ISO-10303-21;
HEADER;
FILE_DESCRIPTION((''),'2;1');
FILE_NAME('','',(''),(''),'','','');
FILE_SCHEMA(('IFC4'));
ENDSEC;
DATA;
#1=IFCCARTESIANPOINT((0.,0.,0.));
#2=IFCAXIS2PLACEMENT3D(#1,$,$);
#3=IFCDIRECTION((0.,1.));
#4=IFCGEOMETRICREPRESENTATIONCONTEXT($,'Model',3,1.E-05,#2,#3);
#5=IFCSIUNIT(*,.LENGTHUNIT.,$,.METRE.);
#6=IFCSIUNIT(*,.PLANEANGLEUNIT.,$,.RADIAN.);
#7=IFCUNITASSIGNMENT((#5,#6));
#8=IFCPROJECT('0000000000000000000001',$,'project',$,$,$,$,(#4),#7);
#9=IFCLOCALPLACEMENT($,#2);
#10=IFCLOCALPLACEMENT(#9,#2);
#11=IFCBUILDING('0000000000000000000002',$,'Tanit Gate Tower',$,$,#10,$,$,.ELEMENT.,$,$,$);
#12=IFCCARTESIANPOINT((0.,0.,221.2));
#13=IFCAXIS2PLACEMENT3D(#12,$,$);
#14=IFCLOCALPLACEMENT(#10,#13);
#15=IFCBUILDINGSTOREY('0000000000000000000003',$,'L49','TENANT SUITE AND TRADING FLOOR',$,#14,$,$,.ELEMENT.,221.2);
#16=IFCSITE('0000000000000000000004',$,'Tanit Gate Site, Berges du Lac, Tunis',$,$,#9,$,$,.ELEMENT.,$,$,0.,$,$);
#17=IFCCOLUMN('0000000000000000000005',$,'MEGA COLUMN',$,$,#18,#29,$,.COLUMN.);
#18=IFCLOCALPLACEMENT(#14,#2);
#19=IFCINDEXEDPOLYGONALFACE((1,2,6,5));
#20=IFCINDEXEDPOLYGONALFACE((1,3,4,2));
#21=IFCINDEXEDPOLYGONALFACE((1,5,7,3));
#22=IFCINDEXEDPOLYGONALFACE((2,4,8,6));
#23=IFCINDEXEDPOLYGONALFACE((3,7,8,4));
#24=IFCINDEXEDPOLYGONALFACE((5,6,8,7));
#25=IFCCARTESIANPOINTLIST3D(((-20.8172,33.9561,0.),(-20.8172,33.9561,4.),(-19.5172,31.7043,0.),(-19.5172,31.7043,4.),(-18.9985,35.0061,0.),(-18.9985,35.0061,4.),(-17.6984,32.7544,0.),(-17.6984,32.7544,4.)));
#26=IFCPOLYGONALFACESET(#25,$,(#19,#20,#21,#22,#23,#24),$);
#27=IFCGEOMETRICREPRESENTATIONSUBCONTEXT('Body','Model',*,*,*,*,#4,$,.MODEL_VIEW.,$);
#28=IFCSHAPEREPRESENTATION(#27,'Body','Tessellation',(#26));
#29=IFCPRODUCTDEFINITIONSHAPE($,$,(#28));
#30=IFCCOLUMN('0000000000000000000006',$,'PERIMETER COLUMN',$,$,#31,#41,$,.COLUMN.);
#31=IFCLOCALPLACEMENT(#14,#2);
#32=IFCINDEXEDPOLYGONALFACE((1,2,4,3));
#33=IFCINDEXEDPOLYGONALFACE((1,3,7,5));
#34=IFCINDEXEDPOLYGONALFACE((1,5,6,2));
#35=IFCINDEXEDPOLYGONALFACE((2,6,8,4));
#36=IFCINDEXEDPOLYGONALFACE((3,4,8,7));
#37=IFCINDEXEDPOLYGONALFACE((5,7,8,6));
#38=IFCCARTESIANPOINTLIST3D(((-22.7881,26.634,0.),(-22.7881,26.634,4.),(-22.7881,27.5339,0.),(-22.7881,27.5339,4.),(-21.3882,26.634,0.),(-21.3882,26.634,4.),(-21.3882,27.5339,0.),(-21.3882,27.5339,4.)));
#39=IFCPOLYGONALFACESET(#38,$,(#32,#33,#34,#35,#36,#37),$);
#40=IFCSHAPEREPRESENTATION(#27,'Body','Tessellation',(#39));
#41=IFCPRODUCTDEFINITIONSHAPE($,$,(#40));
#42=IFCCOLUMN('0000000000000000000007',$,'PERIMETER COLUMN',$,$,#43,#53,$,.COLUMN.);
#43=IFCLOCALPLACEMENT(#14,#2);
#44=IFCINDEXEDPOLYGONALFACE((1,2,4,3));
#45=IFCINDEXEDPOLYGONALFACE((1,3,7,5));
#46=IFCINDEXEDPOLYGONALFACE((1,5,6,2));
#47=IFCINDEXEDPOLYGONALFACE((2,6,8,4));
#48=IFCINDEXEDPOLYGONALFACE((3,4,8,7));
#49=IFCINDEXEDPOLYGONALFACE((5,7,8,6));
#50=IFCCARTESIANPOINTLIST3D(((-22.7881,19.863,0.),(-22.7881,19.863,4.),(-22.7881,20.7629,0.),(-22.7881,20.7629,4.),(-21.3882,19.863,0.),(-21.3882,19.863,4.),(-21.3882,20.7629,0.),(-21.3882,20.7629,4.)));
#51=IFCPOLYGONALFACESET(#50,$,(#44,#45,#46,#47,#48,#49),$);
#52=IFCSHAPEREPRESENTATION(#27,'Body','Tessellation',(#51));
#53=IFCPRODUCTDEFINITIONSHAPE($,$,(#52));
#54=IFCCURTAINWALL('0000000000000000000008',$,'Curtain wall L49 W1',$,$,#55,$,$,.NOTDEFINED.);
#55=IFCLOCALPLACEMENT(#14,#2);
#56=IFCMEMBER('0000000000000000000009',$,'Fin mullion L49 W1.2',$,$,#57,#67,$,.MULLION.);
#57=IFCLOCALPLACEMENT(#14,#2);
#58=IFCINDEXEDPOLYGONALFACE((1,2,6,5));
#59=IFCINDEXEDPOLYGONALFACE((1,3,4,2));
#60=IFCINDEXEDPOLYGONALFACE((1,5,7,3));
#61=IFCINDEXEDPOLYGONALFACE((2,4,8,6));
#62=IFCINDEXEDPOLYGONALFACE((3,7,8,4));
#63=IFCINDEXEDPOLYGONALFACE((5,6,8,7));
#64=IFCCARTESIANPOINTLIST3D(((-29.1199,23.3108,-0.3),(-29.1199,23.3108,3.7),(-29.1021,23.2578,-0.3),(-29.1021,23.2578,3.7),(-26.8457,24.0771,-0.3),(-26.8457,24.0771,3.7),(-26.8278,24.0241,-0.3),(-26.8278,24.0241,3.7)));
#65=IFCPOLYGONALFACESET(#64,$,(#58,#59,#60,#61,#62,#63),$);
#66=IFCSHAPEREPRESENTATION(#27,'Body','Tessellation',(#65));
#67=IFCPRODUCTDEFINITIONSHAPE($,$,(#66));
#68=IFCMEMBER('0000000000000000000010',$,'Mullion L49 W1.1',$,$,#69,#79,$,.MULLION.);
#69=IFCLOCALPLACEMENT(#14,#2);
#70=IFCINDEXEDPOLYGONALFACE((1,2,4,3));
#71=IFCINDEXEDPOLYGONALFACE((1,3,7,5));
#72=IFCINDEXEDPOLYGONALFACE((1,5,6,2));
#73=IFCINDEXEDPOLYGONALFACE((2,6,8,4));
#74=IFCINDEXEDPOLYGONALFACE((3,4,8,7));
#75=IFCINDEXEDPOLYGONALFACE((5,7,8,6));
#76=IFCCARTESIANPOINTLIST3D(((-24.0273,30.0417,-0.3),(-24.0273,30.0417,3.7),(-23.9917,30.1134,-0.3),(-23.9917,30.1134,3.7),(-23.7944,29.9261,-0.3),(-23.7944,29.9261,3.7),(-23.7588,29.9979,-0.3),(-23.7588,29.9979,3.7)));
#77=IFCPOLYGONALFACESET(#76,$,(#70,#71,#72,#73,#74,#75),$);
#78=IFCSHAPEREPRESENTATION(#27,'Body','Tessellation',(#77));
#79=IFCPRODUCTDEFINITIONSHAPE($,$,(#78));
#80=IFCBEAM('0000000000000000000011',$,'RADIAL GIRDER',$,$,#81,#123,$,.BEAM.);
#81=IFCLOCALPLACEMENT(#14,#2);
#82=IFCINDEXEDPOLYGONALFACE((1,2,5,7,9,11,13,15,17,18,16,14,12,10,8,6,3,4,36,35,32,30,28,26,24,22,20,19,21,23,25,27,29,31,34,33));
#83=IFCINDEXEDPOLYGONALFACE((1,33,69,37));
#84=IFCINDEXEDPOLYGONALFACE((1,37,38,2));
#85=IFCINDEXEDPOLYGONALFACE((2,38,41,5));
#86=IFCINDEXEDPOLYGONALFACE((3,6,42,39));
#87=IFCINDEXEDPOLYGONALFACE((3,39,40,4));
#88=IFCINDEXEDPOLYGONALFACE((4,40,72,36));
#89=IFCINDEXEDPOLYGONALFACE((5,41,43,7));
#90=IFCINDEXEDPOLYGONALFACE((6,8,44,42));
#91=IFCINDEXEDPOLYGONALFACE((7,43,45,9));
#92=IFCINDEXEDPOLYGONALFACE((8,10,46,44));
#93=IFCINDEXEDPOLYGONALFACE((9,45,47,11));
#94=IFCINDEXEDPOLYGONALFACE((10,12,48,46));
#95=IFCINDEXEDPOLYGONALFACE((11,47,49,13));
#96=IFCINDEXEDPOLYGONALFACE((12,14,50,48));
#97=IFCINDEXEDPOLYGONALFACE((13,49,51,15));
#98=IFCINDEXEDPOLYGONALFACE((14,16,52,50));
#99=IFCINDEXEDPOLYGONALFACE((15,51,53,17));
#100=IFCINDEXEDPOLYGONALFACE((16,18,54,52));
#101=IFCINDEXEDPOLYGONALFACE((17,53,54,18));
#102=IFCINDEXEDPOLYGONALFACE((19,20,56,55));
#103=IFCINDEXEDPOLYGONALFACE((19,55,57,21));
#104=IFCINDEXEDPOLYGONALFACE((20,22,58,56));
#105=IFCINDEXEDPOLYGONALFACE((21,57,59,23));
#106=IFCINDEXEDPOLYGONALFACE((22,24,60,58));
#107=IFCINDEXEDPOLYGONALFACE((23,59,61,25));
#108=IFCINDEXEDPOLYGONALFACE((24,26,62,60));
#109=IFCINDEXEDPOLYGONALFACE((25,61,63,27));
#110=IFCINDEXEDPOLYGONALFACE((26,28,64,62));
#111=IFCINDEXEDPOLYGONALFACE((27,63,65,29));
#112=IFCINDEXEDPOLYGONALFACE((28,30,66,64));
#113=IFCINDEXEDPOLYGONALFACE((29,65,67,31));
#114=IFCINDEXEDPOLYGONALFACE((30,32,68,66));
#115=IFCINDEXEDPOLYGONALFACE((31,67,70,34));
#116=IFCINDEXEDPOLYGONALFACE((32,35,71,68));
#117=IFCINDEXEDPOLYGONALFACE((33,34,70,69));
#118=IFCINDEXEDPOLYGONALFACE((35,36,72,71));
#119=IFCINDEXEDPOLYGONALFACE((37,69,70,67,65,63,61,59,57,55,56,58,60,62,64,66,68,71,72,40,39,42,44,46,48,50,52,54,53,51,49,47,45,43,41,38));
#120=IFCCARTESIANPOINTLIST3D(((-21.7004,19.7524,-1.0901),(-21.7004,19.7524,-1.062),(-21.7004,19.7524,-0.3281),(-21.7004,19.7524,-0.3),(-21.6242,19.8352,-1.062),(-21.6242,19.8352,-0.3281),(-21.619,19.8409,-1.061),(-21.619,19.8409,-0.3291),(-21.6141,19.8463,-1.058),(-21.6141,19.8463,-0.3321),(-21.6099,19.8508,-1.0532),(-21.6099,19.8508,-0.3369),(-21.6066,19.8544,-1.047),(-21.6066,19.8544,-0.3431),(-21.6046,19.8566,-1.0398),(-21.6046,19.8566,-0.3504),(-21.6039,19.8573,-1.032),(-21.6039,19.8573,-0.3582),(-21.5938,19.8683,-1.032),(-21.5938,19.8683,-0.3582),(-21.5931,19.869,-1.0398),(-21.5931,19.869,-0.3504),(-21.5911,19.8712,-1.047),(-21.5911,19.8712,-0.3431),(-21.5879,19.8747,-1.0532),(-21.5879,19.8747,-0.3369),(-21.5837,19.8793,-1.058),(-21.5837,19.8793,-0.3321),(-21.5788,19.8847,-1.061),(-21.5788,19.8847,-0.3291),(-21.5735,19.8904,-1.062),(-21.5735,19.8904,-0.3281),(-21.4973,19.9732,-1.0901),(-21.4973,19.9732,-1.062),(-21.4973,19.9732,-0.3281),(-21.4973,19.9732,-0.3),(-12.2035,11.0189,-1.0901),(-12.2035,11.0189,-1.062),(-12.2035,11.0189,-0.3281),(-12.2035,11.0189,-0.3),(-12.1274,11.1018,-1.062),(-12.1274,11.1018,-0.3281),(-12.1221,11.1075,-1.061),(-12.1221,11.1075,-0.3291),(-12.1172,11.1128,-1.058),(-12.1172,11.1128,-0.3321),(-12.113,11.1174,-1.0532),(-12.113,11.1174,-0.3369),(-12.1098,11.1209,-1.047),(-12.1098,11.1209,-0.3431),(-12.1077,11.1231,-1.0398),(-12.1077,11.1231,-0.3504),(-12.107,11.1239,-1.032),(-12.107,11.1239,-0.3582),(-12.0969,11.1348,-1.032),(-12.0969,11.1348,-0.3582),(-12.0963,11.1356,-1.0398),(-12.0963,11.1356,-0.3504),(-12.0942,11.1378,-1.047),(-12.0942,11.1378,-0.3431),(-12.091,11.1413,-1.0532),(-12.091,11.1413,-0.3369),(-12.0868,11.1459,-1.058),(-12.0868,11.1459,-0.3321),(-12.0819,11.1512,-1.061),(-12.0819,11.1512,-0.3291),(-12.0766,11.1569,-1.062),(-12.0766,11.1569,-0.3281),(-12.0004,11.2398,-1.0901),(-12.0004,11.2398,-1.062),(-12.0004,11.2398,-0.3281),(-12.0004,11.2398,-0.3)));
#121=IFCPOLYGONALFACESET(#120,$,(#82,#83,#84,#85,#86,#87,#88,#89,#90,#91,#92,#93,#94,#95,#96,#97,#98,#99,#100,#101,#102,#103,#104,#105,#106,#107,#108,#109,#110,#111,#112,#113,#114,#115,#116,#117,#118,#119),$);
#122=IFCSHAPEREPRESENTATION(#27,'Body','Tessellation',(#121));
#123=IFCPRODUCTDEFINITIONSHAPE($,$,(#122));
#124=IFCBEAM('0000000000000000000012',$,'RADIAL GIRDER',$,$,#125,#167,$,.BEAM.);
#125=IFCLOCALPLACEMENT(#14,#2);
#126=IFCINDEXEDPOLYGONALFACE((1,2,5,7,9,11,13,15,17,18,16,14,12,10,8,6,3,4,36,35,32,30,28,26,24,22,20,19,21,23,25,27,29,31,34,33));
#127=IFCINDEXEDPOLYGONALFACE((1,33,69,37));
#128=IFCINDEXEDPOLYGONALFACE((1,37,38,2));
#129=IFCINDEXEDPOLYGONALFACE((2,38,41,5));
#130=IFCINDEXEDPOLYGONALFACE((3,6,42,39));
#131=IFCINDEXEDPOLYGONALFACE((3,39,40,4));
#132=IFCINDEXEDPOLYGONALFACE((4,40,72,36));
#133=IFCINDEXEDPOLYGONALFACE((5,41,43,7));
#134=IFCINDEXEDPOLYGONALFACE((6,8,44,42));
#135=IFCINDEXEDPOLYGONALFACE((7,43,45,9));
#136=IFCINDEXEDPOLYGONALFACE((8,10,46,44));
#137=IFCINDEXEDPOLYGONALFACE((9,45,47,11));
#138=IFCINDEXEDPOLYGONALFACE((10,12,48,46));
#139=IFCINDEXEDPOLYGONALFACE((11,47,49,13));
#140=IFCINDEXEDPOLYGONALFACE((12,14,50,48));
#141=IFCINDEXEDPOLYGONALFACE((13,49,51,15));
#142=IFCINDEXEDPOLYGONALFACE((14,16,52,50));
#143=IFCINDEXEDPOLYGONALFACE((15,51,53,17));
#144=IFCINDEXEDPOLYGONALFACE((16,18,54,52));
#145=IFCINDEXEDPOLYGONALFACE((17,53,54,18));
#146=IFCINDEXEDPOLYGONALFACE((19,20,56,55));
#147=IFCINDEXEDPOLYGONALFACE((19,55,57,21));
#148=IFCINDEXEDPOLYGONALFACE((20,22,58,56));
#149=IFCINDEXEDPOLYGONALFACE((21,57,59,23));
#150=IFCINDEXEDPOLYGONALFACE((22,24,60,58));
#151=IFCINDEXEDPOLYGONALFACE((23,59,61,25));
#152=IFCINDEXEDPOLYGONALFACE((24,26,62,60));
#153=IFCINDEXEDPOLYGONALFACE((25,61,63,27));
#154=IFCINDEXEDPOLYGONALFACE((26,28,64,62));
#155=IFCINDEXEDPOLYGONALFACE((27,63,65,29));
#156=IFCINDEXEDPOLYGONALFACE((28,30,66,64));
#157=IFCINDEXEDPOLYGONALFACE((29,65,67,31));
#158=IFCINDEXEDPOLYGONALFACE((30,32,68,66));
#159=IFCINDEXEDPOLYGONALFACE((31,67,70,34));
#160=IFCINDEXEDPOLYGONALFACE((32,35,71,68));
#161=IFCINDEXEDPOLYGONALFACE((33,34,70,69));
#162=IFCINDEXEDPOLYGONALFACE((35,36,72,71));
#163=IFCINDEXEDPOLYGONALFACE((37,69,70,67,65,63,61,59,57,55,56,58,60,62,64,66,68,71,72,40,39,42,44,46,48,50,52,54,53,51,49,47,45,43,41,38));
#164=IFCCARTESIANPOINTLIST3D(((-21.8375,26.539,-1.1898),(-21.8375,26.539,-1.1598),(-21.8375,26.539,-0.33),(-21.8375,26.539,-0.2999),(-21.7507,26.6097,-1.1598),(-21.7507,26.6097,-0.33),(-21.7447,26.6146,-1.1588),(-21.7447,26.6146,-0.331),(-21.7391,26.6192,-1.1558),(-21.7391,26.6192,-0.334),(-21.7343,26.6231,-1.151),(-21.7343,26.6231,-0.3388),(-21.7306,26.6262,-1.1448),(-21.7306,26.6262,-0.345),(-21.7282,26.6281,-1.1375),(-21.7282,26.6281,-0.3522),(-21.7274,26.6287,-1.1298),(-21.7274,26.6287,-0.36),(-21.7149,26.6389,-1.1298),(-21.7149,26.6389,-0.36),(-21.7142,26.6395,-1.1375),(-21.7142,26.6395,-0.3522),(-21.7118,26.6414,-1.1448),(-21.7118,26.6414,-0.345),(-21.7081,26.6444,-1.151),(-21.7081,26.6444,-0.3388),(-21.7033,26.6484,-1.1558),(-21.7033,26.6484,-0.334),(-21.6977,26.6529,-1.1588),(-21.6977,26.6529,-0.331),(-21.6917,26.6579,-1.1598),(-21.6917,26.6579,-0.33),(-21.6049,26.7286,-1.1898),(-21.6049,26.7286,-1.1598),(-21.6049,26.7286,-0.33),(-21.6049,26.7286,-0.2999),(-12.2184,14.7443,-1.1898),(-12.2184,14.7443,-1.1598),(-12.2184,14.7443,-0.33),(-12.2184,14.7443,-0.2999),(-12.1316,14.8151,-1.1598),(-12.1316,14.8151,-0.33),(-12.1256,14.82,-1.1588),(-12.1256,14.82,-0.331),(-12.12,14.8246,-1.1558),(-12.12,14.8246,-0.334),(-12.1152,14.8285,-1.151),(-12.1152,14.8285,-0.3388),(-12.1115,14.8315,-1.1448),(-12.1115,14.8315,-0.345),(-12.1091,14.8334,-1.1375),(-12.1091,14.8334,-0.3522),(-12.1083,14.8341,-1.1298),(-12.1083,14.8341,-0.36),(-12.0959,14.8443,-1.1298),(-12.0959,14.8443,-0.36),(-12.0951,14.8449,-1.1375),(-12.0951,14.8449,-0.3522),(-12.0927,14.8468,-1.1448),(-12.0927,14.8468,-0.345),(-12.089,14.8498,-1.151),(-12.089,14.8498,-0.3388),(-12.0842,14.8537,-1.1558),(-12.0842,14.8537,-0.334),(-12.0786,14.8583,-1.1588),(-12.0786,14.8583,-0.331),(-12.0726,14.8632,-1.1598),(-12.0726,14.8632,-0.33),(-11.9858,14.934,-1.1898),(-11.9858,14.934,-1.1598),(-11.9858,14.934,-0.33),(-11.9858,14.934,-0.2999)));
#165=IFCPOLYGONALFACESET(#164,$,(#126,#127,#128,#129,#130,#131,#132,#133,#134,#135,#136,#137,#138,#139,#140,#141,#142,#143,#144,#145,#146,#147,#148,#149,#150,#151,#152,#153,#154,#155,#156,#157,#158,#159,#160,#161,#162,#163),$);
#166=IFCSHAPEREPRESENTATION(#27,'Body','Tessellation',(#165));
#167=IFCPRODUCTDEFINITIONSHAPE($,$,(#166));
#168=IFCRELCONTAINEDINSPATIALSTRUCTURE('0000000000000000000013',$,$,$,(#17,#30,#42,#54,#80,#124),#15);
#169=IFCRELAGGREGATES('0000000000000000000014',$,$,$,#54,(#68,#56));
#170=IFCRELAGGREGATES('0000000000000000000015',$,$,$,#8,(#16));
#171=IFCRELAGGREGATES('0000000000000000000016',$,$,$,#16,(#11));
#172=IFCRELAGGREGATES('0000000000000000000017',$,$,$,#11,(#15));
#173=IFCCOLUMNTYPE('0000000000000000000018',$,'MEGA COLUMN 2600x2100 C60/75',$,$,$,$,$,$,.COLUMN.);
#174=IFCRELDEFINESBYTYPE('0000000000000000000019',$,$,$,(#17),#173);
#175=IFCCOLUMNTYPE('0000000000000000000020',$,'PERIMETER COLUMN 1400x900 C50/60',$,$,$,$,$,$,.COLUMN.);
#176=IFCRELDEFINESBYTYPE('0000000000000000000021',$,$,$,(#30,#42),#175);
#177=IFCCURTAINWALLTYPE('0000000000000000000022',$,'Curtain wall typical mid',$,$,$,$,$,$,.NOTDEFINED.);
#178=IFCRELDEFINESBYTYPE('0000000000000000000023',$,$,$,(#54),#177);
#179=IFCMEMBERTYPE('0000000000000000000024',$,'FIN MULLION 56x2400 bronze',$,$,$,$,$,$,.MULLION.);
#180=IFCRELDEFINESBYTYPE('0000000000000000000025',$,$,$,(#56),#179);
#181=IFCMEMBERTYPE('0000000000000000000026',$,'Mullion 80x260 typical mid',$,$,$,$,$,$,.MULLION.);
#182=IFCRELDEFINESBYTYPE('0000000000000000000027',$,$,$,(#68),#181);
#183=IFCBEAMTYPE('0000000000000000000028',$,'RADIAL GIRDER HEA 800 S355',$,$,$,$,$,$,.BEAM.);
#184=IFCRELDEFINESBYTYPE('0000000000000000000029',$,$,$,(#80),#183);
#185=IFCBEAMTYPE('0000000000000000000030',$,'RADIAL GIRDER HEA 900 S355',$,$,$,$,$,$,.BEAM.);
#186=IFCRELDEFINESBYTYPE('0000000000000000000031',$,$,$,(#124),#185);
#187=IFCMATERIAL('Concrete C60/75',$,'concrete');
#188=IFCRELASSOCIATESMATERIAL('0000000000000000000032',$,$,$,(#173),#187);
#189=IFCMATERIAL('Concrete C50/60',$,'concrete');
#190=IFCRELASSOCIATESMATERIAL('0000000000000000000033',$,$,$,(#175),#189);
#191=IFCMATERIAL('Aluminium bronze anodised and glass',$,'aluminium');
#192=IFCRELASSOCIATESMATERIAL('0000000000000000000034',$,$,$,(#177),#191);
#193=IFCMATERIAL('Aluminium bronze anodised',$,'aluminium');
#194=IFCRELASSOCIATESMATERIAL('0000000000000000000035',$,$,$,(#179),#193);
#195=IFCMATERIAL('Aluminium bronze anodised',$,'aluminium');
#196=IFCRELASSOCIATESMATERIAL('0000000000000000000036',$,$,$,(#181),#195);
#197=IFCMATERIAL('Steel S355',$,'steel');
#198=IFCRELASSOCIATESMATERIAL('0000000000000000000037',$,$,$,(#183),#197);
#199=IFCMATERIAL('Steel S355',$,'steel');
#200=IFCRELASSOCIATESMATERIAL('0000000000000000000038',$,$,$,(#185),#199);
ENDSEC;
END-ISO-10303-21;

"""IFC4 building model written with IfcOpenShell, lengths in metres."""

from ifc_helpers import new_model, si_unit, direction, frame, origin, origin_2d, place, context, subcontext, project, spatial, rectangle, i_section, extrude, material, material_profile, profile_set, type_object, element, aggregate, save


model = new_model("IFC4")

# Units and contexts
model_context = context("Model", 3, precision=1e-05, world=origin(), true_north=direction((0.0, 1.0)))
body_context = subcontext(model_context, "Body", "Model", "MODEL_VIEW")
ifc_project = project(units=[si_unit("LENGTHUNIT", "METRE"), si_unit("PLANEANGLEUNIT", "RADIAN")], contexts=[model_context])

# Site, building, storey
site_placement = place(None, origin())
site = spatial("IfcSite", under=ifc_project, at=site_placement, Name="Tanit Gate Site, Berges du Lac, Tunis", CompositionType="ELEMENT", RefElevation=0.0)
building_placement = place(site_placement, origin())
building = spatial("IfcBuilding", under=site, at=building_placement, Name="Tanit Gate Tower", CompositionType="ELEMENT")
storey_placement = place(building_placement, frame((0.0, 0.0, 221.2)))
storey = spatial("IfcBuildingStorey", under=building, at=storey_placement, Name="L49", Description="TENANT SUITE AND TRADING FLOOR", CompositionType="ELEMENT", Elevation=221.2)

# Columns
ifc_material_1 = material(Name="Concrete C60/75", Category="concrete")
ifc_material_profile_1 = material_profile(ifc_material_1, rectangle(XDim=2.6001, YDim=2.1001, at=origin_2d()), Name="RC 2600x2100")
ifc_profile_set_1 = profile_set([ifc_material_profile_1], Name="Concrete C60/75")
column_type_1 = type_object("IfcColumnType", Name="MEGA COLUMN 2600x2100 C60/75", PredefinedType="COLUMN", material=ifc_profile_set_1)
column_placement = place(storey_placement, frame((-19.2578, 33.3552, 0.0), z_axis=(0.0, 0.0, 1.0), x_axis=(-0.5, 0.866025, 0.0)))
element("IfcColumn", 1, at=column_placement, inside=storey, type_object=column_type_1, Name="MEGA COLUMN", PredefinedType="COLUMN", context=body_context, shape_type="SweptSolid", body=[
    extrude(rectangle(XDim=2.6001, YDim=2.1001, at=origin_2d()), origin(), (0.0, 0.0, 1.0), 4.0),
])
ifc_material_2 = material(Name="Concrete C50/60", Category="concrete")
ifc_material_profile_2 = material_profile(ifc_material_2, rectangle(XDim=1.3999, YDim=0.8999, at=origin_2d()), Name="RC 1400x900")
ifc_profile_set_2 = profile_set([ifc_material_profile_2], Name="Concrete C50/60")
column_type_2 = type_object("IfcColumnType", Name="PERIMETER COLUMN 1400x900 C50/60", PredefinedType="COLUMN", material=ifc_profile_set_2)
for number, where, z_axis, x_axis, name in (
    (2, (-22.0881, 27.084, 0.0), (0.0, 0.0, 1.0), (-1.0, 0.0, 0.0), "PERIMETER COLUMN"),
    (3, (-22.0881, 20.313, 0.0), (0.0, 0.0, 1.0), (-1.0, 0.0, 0.0), "PERIMETER COLUMN"),
):
    element("IfcColumn", number, at=place(storey_placement, frame(where, z_axis=z_axis, x_axis=x_axis)), inside=storey, type_object=column_type_2, Name=name, PredefinedType="COLUMN", context=body_context, shape_type="SweptSolid", body=[
        extrude(rectangle(XDim=1.3999, YDim=0.8999, at=origin_2d()), origin(), (0.0, 0.0, 1.0), 4.0),
    ])

# Curtain wall, members
ifc_material_3 = material(Name="Aluminium bronze anodised and glass", Category="aluminium")
curtain_wall_type = type_object("IfcCurtainWallType", Name="Curtain wall typical mid", PredefinedType="NOTDEFINED", material=ifc_material_3)
curtain_wall_placement = place(storey_placement, origin())
curtain_wall = element("IfcCurtainWall", 4, at=curtain_wall_placement, inside=storey, type_object=curtain_wall_type, Name="Curtain wall L49 W1", PredefinedType="NOTDEFINED")
ifc_material_4 = material(Name="Aluminium bronze anodised", Category="aluminium")
ifc_material_profile_3 = material_profile(ifc_material_4, rectangle(XDim=2.3999, YDim=0.0559, at=origin_2d()), Name="56x2400 bronze fin mullion")
ifc_profile_set_3 = profile_set([ifc_material_profile_3], Name="Aluminium bronze anodised")
member_type_1 = type_object("IfcMemberType", Name="FIN MULLION 56x2400 bronze", PredefinedType="MULLION", material=ifc_profile_set_3)
member_1_placement = place(storey_placement, frame((-27.9739, 23.6675, -0.3), z_axis=(0.0, 0.0, 1.0), x_axis=(0.947651, 0.319309, 0.0)))
member_1 = element("IfcMember", 5, at=member_1_placement, type_object=member_type_1, Name="Fin mullion L49 W1.2", PredefinedType="MULLION", context=body_context, shape_type="SweptSolid", body=[
    extrude(rectangle(XDim=2.3999, YDim=0.0559, at=origin_2d()), origin(), (0.0, 0.0, 1.0), 4.0),
])
ifc_material_5 = material(Name="Aluminium bronze anodised", Category="aluminium")
ifc_material_profile_4 = material_profile(ifc_material_5, rectangle(XDim=0.26, YDim=0.0801, at=origin_2d()), Name="80x260 bronze mullion")
ifc_profile_set_4 = profile_set([ifc_material_profile_4], Name="Aluminium bronze anodised")
member_type_2 = type_object("IfcMemberType", Name="Mullion 80x260 typical mid", PredefinedType="MULLION", material=ifc_profile_set_4)
member_2_placement = place(storey_placement, frame((-23.8931, 30.0198, -0.3), z_axis=(0.0, 0.0, 1.0), x_axis=(0.895876, -0.444304, 0.0)))
member_2 = element("IfcMember", 6, at=member_2_placement, type_object=member_type_2, Name="Mullion L49 W1.1", PredefinedType="MULLION", context=body_context, shape_type="SweptSolid", body=[
    extrude(rectangle(XDim=0.26, YDim=0.0801, at=origin_2d()), origin(), (0.0, 0.0, 1.0), 4.0),
])

# Beams
ifc_material_6 = material(Name="Steel S355", Category="steel")
ifc_material_profile_5 = material_profile(ifc_material_6, i_section(OverallWidth=0.3, OverallDepth=0.79, WebThickness=0.0149, FlangeThickness=0.0281, FilletRadius=0.03, at=origin_2d()), Name="HEA 800")
ifc_profile_set_5 = profile_set([ifc_material_profile_5], Name="Steel S355")
beam_type_1 = type_object("IfcBeamType", Name="RADIAL GIRDER HEA 800 S355", PredefinedType="BEAM", material=ifc_profile_set_5)
beam_1_placement = place(storey_placement, frame((-21.5989, 19.8628, -0.6951), z_axis=(0.736073, -0.676902, 0.0), x_axis=(0.676902, 0.736073, 0.0)))
element("IfcBeam", 7, at=beam_1_placement, inside=storey, type_object=beam_type_1, Name="RADIAL GIRDER", PredefinedType="BEAM", context=body_context, shape_type="SweptSolid", body=[
    extrude(i_section(OverallWidth=0.3, OverallDepth=0.79, WebThickness=0.0149, FlangeThickness=0.0281, FilletRadius=0.03, at=origin_2d()), origin(), (0.0, 0.0, 1.0), 12.9021),
])
ifc_material_7 = material(Name="Steel S355", Category="steel")
ifc_material_profile_6 = material_profile(ifc_material_7, i_section(OverallWidth=0.3, OverallDepth=0.8899, WebThickness=0.0161, FlangeThickness=0.03, FilletRadius=0.03, at=origin_2d()), Name="HEA 900")
ifc_profile_set_6 = profile_set([ifc_material_profile_6], Name="Steel S355")
beam_type_2 = type_object("IfcBeamType", Name="RADIAL GIRDER HEA 900 S355", PredefinedType="BEAM", material=ifc_profile_set_6)
beam_2_placement = place(storey_placement, frame((-21.7212, 26.6338, -0.7449), z_axis=(0.632015, -0.774956, 0.0), x_axis=(0.774956, 0.632015, 0.0)))
element("IfcBeam", 8, at=beam_2_placement, inside=storey, type_object=beam_type_2, Name="RADIAL GIRDER", PredefinedType="BEAM", context=body_context, shape_type="SweptSolid", body=[
    extrude(i_section(OverallWidth=0.3, OverallDepth=0.8899, WebThickness=0.0161, FlangeThickness=0.03, FilletRadius=0.03, at=origin_2d()), origin(), (0.0, 0.0, 1.0), 15.2197),
])

aggregate(curtain_wall, [member_2, member_1])

save(model, "model.ifc")
